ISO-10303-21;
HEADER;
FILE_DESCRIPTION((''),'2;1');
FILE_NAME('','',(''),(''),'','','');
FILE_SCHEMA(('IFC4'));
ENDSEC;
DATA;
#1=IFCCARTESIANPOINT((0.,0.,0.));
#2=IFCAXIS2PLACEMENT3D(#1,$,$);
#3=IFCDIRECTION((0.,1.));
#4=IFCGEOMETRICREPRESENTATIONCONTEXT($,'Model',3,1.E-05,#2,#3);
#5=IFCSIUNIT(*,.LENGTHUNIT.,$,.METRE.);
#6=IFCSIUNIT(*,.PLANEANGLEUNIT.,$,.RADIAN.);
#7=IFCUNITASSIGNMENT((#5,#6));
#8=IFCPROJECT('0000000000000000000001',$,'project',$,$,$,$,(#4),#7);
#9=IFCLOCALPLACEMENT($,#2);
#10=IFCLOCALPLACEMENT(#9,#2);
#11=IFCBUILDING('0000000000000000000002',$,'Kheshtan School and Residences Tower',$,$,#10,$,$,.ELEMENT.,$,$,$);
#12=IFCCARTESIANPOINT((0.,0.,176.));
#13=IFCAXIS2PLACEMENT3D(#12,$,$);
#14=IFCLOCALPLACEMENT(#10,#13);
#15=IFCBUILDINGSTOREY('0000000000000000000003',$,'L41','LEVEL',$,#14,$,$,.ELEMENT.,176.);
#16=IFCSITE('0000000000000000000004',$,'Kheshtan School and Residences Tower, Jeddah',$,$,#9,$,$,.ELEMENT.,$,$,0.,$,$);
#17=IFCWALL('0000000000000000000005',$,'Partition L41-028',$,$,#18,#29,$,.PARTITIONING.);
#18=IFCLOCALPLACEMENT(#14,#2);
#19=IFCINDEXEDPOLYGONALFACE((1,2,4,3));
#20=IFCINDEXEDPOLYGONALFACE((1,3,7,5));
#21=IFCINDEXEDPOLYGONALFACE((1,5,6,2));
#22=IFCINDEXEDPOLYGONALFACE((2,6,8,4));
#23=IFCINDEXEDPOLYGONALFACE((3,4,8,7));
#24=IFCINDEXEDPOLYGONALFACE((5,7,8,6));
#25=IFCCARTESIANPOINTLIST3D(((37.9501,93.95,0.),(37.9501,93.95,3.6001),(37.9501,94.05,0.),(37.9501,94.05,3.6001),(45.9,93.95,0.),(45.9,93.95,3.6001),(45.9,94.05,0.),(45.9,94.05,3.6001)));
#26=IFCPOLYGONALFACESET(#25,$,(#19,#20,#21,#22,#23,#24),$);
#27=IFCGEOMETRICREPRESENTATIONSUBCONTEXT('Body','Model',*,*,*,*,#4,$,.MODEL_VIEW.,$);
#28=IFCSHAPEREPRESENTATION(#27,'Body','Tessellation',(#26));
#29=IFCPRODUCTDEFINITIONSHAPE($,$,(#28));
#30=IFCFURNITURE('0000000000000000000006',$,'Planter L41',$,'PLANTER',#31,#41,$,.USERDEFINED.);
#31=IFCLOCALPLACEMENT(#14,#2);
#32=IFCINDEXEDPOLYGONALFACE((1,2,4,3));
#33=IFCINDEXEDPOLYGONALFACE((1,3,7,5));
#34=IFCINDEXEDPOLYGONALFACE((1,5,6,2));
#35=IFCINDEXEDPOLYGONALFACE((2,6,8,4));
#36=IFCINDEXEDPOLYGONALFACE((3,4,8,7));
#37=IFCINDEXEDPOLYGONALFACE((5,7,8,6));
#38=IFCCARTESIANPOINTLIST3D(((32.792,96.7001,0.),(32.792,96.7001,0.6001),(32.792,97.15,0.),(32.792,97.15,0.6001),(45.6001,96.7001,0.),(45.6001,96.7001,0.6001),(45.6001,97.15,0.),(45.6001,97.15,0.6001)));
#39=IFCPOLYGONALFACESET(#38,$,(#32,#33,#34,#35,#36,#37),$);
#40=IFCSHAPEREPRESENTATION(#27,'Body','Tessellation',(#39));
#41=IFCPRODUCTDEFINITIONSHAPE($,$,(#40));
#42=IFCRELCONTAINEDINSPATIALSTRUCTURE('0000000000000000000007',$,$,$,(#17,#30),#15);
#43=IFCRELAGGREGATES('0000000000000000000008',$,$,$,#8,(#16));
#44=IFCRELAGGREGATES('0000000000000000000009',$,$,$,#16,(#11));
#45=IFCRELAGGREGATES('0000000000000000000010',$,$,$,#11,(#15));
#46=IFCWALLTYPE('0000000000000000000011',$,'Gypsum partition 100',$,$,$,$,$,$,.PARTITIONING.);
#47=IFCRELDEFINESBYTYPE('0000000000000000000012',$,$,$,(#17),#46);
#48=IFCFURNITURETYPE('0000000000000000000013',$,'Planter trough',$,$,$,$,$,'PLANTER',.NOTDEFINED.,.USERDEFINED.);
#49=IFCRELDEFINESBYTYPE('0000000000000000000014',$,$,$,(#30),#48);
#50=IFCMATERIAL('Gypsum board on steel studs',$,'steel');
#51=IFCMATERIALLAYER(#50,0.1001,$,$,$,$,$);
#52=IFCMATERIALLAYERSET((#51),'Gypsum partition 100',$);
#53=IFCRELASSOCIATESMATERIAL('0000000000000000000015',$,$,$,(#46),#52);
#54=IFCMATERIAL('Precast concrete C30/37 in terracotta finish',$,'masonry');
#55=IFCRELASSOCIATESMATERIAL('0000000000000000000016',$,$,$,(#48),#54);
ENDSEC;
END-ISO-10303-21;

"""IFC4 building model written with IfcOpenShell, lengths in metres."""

from ifc_helpers import new_model, si_unit, direction, frame, frame_2d, origin, origin_2d, place, context, subcontext, project, spatial, rectangle, extrude, material, layer, layer_set, type_object, element, save


model = new_model("IFC4")

# Units and contexts
model_context = context("Model", 3, precision=1e-05, world=origin(), true_north=direction((0.0, 1.0)))
body_context = subcontext(model_context, "Body", "Model", "MODEL_VIEW")
ifc_project = project(units=[si_unit("LENGTHUNIT", "METRE"), si_unit("PLANEANGLEUNIT", "RADIAN")], contexts=[model_context])

# Site, building, storey
site_placement = place(None, origin())
site = spatial("IfcSite", under=ifc_project, at=site_placement, Name="Kheshtan School and Residences Tower, Jeddah", CompositionType="ELEMENT", RefElevation=0.0)
building_placement = place(site_placement, origin())
building = spatial("IfcBuilding", under=site, at=building_placement, Name="Kheshtan School and Residences Tower", CompositionType="ELEMENT")
storey_placement = place(building_placement, frame((0.0, 0.0, 176.0)))
storey = spatial("IfcBuildingStorey", under=building, at=storey_placement, Name="L41", Description="LEVEL", CompositionType="ELEMENT", Elevation=176.0)

# Wall
ifc_material_1 = material(Name="Gypsum board on steel studs", Category="steel")
ifc_layer_1 = layer(ifc_material_1, 0.1001)
ifc_layer_set_1 = layer_set([ifc_layer_1], Name="Gypsum partition 100")
wall_type_1 = type_object("IfcWallType", Name="Gypsum partition 100", PredefinedType="PARTITIONING", material=ifc_layer_set_1)
wall_1_placement = place(storey_placement, frame((37.95, 94.0, 0.0), z_axis=(0.0, 0.0, 1.0), x_axis=(1.0, 0.0, 0.0)))
element("IfcWall", 1, at=wall_1_placement, inside=storey, type_object=wall_type_1, Name="Partition L41-028", PredefinedType="PARTITIONING", context=body_context, shape_type="SweptSolid", body=[
    extrude(rectangle(XDim=7.95, YDim=0.1001, at=frame_2d((3.9751, 0.0))), origin(), (0.0, 0.0, 1.0), 3.6001),
])

# Furniture
ifc_material_2 = material(Name="Precast concrete C30/37 in terracotta finish", Category="masonry")
furniture_type = type_object("IfcFurnitureType", Name="Planter trough", ElementType="PLANTER", AssemblyPlace="NOTDEFINED", PredefinedType="USERDEFINED", material=ifc_material_2)
furniture_placement = place(storey_placement, frame((39.196, 96.925, 0.0), z_axis=(0.0, 0.0, 1.0), x_axis=(1.0, 0.0, 0.0)))
element("IfcFurniture", 2, at=furniture_placement, inside=storey, type_object=furniture_type, Name="Planter L41", ObjectType="PLANTER", PredefinedType="USERDEFINED", context=body_context, shape_type="SweptSolid", body=[
    extrude(rectangle(XDim=12.8081, YDim=0.45, at=origin_2d()), origin(), (0.0, 0.0, 1.0), 0.6001),
])

save(model, "model.ifc")
